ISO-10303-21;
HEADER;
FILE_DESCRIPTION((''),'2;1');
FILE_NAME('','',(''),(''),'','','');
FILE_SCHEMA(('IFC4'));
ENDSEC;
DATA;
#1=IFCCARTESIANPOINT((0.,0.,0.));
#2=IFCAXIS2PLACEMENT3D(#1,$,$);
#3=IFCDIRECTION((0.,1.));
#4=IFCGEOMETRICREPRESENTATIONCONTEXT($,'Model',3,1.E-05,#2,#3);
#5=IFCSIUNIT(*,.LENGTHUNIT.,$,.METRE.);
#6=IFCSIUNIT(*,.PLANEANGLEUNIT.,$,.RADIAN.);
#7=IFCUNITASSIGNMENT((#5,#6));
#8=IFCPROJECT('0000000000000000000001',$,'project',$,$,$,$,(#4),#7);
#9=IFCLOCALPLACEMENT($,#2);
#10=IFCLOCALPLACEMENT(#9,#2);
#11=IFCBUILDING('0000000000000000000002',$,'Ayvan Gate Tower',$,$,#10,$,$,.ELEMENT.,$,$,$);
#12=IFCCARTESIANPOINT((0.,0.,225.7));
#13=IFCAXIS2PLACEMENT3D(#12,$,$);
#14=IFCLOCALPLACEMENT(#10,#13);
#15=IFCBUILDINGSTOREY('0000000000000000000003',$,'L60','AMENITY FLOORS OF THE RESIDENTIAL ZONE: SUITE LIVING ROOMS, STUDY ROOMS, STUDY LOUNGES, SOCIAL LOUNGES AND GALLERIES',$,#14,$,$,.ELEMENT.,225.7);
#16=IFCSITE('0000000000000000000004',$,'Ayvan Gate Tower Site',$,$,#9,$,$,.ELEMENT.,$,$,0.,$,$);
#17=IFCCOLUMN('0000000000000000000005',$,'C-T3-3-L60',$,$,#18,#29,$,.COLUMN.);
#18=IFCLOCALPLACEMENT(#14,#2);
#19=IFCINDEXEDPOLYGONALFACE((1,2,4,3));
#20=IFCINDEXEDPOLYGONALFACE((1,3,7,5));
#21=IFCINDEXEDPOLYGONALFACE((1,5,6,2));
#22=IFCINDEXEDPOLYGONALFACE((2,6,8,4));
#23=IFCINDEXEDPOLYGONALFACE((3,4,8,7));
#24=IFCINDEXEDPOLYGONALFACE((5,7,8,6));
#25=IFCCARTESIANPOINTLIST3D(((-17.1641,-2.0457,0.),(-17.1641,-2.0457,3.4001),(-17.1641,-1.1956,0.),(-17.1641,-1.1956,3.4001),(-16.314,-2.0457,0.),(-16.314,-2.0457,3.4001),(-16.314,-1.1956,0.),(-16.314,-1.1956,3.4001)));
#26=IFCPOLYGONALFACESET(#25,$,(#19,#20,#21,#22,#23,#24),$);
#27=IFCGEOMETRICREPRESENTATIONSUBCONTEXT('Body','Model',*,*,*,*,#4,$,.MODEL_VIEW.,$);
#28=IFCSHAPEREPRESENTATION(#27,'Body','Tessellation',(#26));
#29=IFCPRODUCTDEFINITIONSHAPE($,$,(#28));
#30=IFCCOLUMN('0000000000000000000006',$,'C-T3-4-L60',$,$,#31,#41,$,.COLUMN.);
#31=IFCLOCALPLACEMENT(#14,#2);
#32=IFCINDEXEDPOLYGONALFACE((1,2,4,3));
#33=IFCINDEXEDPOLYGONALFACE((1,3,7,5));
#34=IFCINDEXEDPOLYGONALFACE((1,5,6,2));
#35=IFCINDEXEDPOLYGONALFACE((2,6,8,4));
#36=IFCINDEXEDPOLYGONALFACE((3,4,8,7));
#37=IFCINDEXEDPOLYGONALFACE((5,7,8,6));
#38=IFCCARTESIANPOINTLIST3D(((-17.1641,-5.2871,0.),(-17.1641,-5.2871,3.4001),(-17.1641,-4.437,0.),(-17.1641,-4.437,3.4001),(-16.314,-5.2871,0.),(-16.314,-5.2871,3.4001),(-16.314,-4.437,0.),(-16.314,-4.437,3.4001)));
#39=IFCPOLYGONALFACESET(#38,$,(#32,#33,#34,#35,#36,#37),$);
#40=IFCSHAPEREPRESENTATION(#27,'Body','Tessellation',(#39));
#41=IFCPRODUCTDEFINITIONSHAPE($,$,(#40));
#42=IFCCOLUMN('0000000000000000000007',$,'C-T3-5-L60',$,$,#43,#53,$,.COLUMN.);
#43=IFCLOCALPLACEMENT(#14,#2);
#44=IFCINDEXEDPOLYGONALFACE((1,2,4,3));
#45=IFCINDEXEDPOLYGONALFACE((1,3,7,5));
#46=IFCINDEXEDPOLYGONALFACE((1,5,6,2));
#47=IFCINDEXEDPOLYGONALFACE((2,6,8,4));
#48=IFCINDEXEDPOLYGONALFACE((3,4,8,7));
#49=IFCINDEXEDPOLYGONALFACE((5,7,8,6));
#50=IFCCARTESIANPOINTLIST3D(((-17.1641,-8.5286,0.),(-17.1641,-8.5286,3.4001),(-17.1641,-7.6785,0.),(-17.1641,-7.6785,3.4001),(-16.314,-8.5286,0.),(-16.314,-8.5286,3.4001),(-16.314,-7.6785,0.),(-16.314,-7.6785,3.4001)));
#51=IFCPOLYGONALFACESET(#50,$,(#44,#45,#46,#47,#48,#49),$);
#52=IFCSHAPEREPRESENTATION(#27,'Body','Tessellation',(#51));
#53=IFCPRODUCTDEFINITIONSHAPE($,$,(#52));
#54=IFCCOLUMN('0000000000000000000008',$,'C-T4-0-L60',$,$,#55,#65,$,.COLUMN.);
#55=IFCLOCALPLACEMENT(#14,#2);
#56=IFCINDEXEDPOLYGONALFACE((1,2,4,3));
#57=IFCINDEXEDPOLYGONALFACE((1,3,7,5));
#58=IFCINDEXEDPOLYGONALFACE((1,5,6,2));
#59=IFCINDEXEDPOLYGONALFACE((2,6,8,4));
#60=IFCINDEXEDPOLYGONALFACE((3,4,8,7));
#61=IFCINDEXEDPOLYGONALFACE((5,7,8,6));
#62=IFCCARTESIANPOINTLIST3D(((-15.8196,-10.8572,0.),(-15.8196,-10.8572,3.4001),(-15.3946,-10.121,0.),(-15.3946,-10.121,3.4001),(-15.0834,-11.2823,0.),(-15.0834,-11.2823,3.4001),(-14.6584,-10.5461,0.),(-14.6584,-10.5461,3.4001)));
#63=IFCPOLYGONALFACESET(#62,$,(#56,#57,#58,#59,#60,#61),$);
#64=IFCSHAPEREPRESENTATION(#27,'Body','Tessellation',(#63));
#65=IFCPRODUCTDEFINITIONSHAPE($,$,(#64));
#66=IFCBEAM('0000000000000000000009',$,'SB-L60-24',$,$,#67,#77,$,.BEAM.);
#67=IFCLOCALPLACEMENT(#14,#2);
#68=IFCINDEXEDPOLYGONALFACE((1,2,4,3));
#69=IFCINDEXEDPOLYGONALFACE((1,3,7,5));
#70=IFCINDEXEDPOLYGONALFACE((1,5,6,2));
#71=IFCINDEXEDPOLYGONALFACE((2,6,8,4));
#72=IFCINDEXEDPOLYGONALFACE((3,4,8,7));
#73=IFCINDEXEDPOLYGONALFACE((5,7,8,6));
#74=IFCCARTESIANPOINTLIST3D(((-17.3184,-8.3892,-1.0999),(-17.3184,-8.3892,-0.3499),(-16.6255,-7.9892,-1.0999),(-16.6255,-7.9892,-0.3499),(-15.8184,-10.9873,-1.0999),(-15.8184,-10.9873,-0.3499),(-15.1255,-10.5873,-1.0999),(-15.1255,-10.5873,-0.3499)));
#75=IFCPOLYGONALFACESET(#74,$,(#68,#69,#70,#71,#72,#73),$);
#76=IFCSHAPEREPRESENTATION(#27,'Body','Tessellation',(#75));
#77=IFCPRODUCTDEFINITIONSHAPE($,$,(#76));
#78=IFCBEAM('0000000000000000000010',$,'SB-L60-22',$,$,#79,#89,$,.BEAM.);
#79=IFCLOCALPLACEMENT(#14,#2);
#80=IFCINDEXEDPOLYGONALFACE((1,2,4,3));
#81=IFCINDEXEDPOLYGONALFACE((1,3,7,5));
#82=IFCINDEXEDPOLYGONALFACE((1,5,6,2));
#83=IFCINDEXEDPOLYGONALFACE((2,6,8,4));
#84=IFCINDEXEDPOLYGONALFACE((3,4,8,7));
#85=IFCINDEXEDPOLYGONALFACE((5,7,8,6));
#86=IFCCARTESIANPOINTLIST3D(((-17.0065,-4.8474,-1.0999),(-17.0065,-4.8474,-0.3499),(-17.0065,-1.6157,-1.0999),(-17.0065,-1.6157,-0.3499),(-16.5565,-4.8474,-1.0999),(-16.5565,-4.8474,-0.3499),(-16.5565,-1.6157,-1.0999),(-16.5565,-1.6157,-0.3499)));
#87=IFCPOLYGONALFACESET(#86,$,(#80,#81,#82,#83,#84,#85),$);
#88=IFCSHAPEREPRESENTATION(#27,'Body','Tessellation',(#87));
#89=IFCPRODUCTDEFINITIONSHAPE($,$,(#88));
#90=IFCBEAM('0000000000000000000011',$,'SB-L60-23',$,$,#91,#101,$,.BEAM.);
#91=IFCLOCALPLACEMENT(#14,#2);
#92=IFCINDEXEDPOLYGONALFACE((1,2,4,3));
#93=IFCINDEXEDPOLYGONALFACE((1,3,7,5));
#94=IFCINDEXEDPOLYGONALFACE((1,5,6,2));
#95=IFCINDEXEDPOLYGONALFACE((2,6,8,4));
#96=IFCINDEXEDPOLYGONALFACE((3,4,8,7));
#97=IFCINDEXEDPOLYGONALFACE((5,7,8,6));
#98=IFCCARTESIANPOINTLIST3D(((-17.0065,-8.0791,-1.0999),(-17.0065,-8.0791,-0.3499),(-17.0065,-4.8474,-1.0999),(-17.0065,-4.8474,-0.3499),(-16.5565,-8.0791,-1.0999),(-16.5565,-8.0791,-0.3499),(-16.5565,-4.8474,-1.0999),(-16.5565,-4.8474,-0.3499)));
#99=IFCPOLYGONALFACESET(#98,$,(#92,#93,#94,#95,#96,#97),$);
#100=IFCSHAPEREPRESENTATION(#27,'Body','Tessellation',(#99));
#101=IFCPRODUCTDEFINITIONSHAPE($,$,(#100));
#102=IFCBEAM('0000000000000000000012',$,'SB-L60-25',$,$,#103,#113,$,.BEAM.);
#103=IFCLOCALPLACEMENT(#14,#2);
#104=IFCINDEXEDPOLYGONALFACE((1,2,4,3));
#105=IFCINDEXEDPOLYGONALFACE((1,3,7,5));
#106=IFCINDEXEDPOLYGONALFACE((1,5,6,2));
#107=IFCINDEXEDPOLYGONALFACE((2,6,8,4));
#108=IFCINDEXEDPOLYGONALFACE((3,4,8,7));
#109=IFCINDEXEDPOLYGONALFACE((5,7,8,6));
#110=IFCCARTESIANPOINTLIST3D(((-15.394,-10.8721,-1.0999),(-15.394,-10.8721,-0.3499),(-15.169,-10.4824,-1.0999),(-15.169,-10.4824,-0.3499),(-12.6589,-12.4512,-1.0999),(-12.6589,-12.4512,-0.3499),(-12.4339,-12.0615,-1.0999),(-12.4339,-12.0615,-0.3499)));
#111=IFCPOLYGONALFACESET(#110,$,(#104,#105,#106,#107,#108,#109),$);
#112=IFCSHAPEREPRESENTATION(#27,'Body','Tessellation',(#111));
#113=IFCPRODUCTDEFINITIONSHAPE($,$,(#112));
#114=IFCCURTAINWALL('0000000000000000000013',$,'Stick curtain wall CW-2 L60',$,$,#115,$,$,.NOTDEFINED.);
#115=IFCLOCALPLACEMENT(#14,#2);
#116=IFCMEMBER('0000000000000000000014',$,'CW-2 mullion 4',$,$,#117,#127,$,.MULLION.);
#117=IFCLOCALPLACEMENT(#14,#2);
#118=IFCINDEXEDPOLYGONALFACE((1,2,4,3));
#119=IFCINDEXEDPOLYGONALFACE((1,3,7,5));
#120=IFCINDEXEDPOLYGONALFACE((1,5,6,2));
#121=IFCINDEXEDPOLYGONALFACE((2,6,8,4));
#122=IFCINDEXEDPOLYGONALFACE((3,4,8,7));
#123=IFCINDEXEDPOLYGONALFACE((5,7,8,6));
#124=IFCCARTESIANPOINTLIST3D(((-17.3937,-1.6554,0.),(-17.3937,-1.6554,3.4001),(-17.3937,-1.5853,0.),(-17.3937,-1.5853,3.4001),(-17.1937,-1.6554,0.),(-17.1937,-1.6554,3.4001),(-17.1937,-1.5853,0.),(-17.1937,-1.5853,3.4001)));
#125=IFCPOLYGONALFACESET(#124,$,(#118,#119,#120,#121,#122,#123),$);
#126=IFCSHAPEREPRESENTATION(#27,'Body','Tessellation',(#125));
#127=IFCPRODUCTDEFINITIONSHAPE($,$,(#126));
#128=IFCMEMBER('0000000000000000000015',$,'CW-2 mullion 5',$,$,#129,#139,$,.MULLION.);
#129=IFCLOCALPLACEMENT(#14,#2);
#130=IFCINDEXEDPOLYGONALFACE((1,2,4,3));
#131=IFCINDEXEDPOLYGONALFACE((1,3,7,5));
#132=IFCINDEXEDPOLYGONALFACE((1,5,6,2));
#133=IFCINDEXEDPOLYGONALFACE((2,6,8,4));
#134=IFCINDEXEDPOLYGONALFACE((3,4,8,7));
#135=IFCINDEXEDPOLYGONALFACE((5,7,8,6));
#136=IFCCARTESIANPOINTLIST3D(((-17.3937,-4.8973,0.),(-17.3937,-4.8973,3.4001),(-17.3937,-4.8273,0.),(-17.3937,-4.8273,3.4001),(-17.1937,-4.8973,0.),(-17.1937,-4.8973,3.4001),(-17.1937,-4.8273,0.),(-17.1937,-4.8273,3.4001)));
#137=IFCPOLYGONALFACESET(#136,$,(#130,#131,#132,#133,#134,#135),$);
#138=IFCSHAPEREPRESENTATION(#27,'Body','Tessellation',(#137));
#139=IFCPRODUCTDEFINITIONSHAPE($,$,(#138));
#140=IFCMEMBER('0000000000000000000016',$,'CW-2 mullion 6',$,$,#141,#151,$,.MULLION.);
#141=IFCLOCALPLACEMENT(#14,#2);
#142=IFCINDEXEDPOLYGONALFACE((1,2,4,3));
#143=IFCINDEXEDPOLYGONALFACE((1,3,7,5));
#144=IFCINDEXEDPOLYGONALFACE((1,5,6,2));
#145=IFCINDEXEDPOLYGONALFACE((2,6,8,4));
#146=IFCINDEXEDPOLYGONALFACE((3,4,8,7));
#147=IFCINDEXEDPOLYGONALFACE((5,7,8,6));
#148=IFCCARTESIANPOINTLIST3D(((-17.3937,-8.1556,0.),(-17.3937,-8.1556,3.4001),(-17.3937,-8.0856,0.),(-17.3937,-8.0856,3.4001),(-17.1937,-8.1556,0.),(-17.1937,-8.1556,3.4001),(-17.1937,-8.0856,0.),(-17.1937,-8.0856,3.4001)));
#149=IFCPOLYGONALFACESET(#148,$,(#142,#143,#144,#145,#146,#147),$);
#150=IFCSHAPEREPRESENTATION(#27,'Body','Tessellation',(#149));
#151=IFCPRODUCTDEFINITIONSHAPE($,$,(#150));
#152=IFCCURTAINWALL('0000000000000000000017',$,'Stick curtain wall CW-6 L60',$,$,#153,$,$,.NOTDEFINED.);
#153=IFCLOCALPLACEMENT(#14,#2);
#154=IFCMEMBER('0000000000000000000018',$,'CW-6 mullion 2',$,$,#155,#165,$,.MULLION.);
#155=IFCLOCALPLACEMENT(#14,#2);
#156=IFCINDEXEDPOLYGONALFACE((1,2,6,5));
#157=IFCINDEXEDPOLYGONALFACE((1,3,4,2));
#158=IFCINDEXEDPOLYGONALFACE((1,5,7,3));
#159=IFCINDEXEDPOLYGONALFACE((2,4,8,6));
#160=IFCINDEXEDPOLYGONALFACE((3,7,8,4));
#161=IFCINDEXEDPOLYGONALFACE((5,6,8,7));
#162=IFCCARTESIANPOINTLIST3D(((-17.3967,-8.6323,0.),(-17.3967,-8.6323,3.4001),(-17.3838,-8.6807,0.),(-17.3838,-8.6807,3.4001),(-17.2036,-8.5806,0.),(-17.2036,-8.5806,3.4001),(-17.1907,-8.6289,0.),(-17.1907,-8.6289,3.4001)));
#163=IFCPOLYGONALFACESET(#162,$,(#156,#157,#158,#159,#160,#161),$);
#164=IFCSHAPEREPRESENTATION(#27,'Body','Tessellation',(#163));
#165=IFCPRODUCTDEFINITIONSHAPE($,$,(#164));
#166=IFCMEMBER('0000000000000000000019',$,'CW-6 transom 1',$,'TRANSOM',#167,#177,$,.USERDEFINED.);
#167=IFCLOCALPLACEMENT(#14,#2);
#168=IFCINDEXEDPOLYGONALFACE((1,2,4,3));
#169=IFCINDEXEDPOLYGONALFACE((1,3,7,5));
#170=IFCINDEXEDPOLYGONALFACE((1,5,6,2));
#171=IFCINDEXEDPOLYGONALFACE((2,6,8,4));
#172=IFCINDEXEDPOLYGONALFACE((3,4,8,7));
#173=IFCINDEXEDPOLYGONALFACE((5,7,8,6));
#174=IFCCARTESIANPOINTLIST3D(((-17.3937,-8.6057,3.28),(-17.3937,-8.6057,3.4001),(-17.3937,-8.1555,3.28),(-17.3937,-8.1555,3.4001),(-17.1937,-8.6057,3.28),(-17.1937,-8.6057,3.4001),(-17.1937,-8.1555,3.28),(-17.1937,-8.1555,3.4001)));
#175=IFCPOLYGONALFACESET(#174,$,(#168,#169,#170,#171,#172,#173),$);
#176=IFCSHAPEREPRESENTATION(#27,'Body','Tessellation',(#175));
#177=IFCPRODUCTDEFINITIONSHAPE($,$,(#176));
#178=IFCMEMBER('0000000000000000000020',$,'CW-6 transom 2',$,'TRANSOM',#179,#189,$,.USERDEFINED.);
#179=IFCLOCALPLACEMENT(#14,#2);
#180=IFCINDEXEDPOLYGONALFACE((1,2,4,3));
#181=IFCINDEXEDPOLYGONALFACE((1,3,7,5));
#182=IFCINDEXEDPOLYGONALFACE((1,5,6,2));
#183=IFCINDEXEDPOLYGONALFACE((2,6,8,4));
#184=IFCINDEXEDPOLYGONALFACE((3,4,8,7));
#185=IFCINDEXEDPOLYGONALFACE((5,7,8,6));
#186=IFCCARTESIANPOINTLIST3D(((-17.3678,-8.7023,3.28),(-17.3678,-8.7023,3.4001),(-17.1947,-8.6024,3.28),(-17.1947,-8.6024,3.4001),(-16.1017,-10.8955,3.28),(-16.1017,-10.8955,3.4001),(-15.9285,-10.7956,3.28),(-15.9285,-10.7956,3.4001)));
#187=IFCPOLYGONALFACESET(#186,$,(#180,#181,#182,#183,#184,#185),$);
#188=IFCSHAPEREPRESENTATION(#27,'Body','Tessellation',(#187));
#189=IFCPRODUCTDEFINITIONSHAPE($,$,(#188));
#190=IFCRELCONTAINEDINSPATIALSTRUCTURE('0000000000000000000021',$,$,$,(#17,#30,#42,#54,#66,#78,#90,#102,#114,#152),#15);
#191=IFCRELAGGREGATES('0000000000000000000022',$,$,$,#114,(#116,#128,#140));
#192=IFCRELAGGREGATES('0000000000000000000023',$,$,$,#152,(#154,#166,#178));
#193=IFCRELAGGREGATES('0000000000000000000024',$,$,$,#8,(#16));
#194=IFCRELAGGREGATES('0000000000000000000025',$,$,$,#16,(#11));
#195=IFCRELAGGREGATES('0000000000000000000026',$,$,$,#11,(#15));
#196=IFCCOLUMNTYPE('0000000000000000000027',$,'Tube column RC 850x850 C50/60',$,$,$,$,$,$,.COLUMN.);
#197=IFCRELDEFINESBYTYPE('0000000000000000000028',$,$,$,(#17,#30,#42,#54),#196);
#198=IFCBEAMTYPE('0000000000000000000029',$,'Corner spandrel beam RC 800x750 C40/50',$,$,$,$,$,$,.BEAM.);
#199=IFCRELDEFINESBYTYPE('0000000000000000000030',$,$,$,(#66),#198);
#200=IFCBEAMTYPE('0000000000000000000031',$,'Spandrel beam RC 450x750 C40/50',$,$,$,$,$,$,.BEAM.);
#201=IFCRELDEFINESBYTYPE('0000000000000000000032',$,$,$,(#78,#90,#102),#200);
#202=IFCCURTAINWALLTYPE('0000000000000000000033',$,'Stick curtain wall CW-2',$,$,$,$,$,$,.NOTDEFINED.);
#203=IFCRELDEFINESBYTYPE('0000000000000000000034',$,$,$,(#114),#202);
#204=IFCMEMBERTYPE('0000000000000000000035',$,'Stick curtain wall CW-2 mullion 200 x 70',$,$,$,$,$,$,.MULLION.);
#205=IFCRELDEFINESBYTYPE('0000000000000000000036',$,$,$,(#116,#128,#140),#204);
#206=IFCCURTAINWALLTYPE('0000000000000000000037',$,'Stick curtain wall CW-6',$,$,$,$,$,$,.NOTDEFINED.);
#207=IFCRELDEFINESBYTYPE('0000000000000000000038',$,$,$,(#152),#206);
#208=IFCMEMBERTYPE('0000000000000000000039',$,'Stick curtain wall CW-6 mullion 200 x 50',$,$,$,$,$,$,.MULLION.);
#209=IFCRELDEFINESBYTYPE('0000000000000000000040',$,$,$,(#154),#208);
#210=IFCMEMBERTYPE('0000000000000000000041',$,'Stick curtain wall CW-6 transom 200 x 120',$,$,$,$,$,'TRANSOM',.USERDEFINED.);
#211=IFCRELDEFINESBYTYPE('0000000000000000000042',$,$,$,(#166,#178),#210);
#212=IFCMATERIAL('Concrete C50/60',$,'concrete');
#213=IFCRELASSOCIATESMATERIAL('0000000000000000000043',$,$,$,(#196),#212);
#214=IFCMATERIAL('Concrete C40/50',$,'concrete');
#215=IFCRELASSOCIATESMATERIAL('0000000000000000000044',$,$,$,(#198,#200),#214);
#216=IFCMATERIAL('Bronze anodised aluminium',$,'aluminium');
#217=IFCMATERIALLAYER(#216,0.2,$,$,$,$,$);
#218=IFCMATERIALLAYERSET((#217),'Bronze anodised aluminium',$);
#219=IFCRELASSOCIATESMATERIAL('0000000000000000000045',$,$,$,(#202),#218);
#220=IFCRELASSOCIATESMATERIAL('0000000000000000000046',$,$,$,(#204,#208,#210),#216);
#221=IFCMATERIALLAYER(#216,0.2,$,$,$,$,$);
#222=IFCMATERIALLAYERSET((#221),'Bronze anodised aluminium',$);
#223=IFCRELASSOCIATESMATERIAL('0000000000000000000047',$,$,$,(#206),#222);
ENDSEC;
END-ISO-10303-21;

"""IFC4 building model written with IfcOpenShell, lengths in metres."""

from ifc_helpers import new_model, si_unit, direction, frame, origin, origin_2d, place, context, subcontext, project, spatial, rectangle, extrude, material, layer, layer_set, material_profile, profile_set, type_object, element, aggregate, save


model = new_model("IFC4")

# Units and contexts
model_context = context("Model", 3, precision=1e-05, world=origin(), true_north=direction((0.0, 1.0)))
body_context = subcontext(model_context, "Body", "Model", "MODEL_VIEW")
ifc_project = project(units=[si_unit("LENGTHUNIT", "METRE"), si_unit("PLANEANGLEUNIT", "RADIAN")], contexts=[model_context])

# Site, building, storey
site_placement = place(None, origin())
site = spatial("IfcSite", under=ifc_project, at=site_placement, Name="Ayvan Gate Tower Site", CompositionType="ELEMENT", RefElevation=0.0)
building_placement = place(site_placement, origin())
building = spatial("IfcBuilding", under=site, at=building_placement, Name="Ayvan Gate Tower", CompositionType="ELEMENT")
storey_placement = place(building_placement, frame((0.0, 0.0, 225.7)))
storey = spatial("IfcBuildingStorey", under=building, at=storey_placement, Name="L60", Description="AMENITY FLOORS OF THE RESIDENTIAL ZONE: SUITE LIVING ROOMS, STUDY ROOMS, STUDY LOUNGES, SOCIAL LOUNGES AND GALLERIES", CompositionType="ELEMENT", Elevation=225.7)

# Columns
ifc_material_1 = material(Name="Concrete C50/60", Category="concrete")
ifc_material_profile_1 = material_profile(ifc_material_1, rectangle(XDim=0.8501, YDim=0.8501, at=origin_2d()), Name="RC 850x850")
ifc_profile_set_1 = profile_set([ifc_material_profile_1], Name="Concrete C50/60")
column_type = type_object("IfcColumnType", Name="Tube column RC 850x850 C50/60", PredefinedType="COLUMN", material=ifc_profile_set_1)
for number, where, z_axis, x_axis, name in (
    (1, (-16.739, -1.6206, 0.0), (0.0, 0.0, 1.0), (-1.0, 0.0, 0.0), "C-T3-3-L60"),
    (2, (-16.739, -4.8621, 0.0), (0.0, 0.0, 1.0), (-1.0, 0.0, 0.0), "C-T3-4-L60"),
    (3, (-16.739, -8.1035, 0.0), (0.0, 0.0, 1.0), (-1.0, 0.0, 0.0), "C-T3-5-L60"),
    (4, (-15.239, -10.7017, 0.0), (0.0, 0.0, 1.0), (-0.5, -0.866025, 0.0), "C-T4-0-L60"),
):
    element("IfcColumn", number, at=place(storey_placement, frame(where, z_axis=z_axis, x_axis=x_axis)), inside=storey, type_object=column_type, Name=name, PredefinedType="COLUMN", context=body_context, shape_type="SweptSolid", body=[
        extrude(rectangle(XDim=0.8501, YDim=0.8501, at=origin_2d()), origin(), (0.0, 0.0, 1.0), 3.4001),
    ])

# Beams
ifc_material_2 = material(Name="Concrete C40/50", Category="concrete")
ifc_material_profile_2 = material_profile(ifc_material_2, rectangle(XDim=0.8, YDim=0.75, at=origin_2d()), Name="RC 800x750")
ifc_profile_set_2 = profile_set([ifc_material_profile_2], Name="Concrete C40/50")
beam_type_1 = type_object("IfcBeamType", Name="Corner spandrel beam RC 800x750 C40/50", PredefinedType="BEAM", material=ifc_profile_set_2)
beam_1_placement = place(storey_placement, frame((-16.9719, -8.1892, -0.7249), z_axis=(0.49999, -0.866031, 0.0), x_axis=(0.866031, 0.49999, 0.0)))
element("IfcBeam", 5, at=beam_1_placement, inside=storey, type_object=beam_type_1, Name="SB-L60-24", PredefinedType="BEAM", context=body_context, shape_type="SweptSolid", body=[
    extrude(rectangle(XDim=0.8, YDim=0.75, at=origin_2d()), origin(), (0.0, 0.0, 1.0), 3.0),
])
ifc_material_profile_3 = material_profile(ifc_material_2, rectangle(XDim=0.45, YDim=0.75, at=origin_2d()), Name="RC 450x750")
ifc_profile_set_3 = profile_set([ifc_material_profile_3], Name="Concrete C40/50")
beam_type_2 = type_object("IfcBeamType", Name="Spandrel beam RC 450x750 C40/50", PredefinedType="BEAM", material=ifc_profile_set_3)
for number, where, z_axis, x_axis, name in (
    (6, (-16.7815, -1.6157, -0.7249), (0.0, -1.0, 0.0), (1.0, 0.0, 0.0), "SB-L60-22"),
    (7, (-16.7815, -4.8474, -0.7249), (0.0, -1.0, 0.0), (1.0, 0.0, 0.0), "SB-L60-23"),
):
    element("IfcBeam", number, at=place(storey_placement, frame(where, z_axis=z_axis, x_axis=x_axis)), inside=storey, type_object=beam_type_2, Name=name, PredefinedType="BEAM", context=body_context, shape_type="SweptSolid", body=[
        extrude(rectangle(XDim=0.45, YDim=0.75, at=origin_2d()), origin(), (0.0, 0.0, 1.0), 3.2317),
    ])
beam_2_placement = place(storey_placement, frame((-15.2815, -10.6772, -0.7249), z_axis=(0.866027, -0.499997, 0.0), x_axis=(0.499997, 0.866027, 0.0)))
element("IfcBeam", 8, at=beam_2_placement, inside=storey, type_object=beam_type_2, Name="SB-L60-25", PredefinedType="BEAM", context=body_context, shape_type="SweptSolid", body=[
    extrude(rectangle(XDim=0.45, YDim=0.75, at=origin_2d()), origin(), (0.0, 0.0, 1.0), 3.1582),
])

# Curtain walls, members
ifc_material_3 = material(Name="Bronze anodised aluminium", Category="aluminium")
ifc_layer_1 = layer(ifc_material_3, 0.2)
ifc_layer_set_1 = layer_set([ifc_layer_1], Name="Bronze anodised aluminium")
curtain_wall_type_1 = type_object("IfcCurtainWallType", Name="Stick curtain wall CW-2", PredefinedType="NOTDEFINED", material=ifc_layer_set_1)
curtain_wall_1_placement = place(storey_placement, origin())
curtain_wall_1 = element("IfcCurtainWall", 9, at=curtain_wall_1_placement, inside=storey, type_object=curtain_wall_type_1, Name="Stick curtain wall CW-2 L60", PredefinedType="NOTDEFINED")
ifc_material_profile_4 = material_profile(ifc_material_3, rectangle(XDim=0.2, YDim=0.0701, at=origin_2d()), Name="Stick curtain wall CW-2 mullion 200 x 70")
ifc_profile_set_4 = profile_set([ifc_material_profile_4], Name="Bronze anodised aluminium")
member_type_1 = type_object("IfcMemberType", Name="Stick curtain wall CW-2 mullion 200 x 70", PredefinedType="MULLION", material=ifc_profile_set_4)
member_1_placement = place(storey_placement, frame((-17.2937, -1.6204, 0.0), z_axis=(0.0, 0.0, 1.0), x_axis=(-1.0, 0.0, 0.0)))
member_1 = element("IfcMember", 10, at=member_1_placement, type_object=member_type_1, Name="CW-2 mullion 4", PredefinedType="MULLION", context=body_context, shape_type="SweptSolid", body=[
    extrude(rectangle(XDim=0.2, YDim=0.0701, at=origin_2d()), origin(), (0.0, 0.0, 1.0), 3.4001),
])
member_2_placement = place(storey_placement, frame((-17.2937, -4.8623, 0.0), z_axis=(0.0, 0.0, 1.0), x_axis=(-1.0, 0.0, 0.0)))
member_2 = element("IfcMember", 11, at=member_2_placement, type_object=member_type_1, Name="CW-2 mullion 5", PredefinedType="MULLION", context=body_context, shape_type="SweptSolid", body=[
    extrude(rectangle(XDim=0.2, YDim=0.0701, at=origin_2d()), origin(), (0.0, 0.0, 1.0), 3.4001),
])
member_3_placement = place(storey_placement, frame((-17.2937, -8.1206, 0.0), z_axis=(0.0, 0.0, 1.0), x_axis=(-1.0, 0.0, 0.0)))
member_3 = element("IfcMember", 12, at=member_3_placement, type_object=member_type_1, Name="CW-2 mullion 6", PredefinedType="MULLION", context=body_context, shape_type="SweptSolid", body=[
    extrude(rectangle(XDim=0.2, YDim=0.0701, at=origin_2d()), origin(), (0.0, 0.0, 1.0), 3.4001),
])
ifc_layer_2 = layer(ifc_material_3, 0.2)
ifc_layer_set_2 = layer_set([ifc_layer_2], Name="Bronze anodised aluminium")
curtain_wall_type_2 = type_object("IfcCurtainWallType", Name="Stick curtain wall CW-6", PredefinedType="NOTDEFINED", material=ifc_layer_set_2)
curtain_wall_2_placement = place(storey_placement, origin())
curtain_wall_2 = element("IfcCurtainWall", 13, at=curtain_wall_2_placement, inside=storey, type_object=curtain_wall_type_2, Name="Stick curtain wall CW-6 L60", PredefinedType="NOTDEFINED")
ifc_material_profile_5 = material_profile(ifc_material_3, rectangle(XDim=0.2, YDim=0.05, at=origin_2d()), Name="Stick curtain wall CW-6 mullion 200 x 50")
ifc_profile_set_5 = profile_set([ifc_material_profile_5], Name="Bronze anodised aluminium")
member_type_2 = type_object("IfcMemberType", Name="Stick curtain wall CW-6 mullion 200 x 50", PredefinedType="MULLION", material=ifc_profile_set_5)
member_4_placement = place(storey_placement, frame((-17.2937, -8.6306, 0.0), z_axis=(0.0, 0.0, 1.0), x_axis=(-0.965926, -0.258819, 0.0)))
member_4 = element("IfcMember", 14, at=member_4_placement, type_object=member_type_2, Name="CW-6 mullion 2", PredefinedType="MULLION", context=body_context, shape_type="SweptSolid", body=[
    extrude(rectangle(XDim=0.2, YDim=0.05, at=origin_2d()), origin(), (0.0, 0.0, 1.0), 3.4001),
])
ifc_material_profile_6 = material_profile(ifc_material_3, rectangle(XDim=0.2, YDim=0.1201, at=origin_2d()), Name="Stick curtain wall CW-6 transom 200 x 120")
ifc_profile_set_6 = profile_set([ifc_material_profile_6], Name="Bronze anodised aluminium")
member_type_3 = type_object("IfcMemberType", Name="Stick curtain wall CW-6 transom 200 x 120", ElementType="TRANSOM", PredefinedType="USERDEFINED", material=ifc_profile_set_6)
member_5_placement = place(storey_placement, frame((-17.2937, -8.1555, 3.3401), z_axis=(0.0, -1.0, 0.0), x_axis=(1.0, 0.0, 0.0)))
member_5 = element("IfcMember", 15, at=member_5_placement, type_object=member_type_3, Name="CW-6 transom 1", ObjectType="TRANSOM", PredefinedType="USERDEFINED", context=body_context, shape_type="SweptSolid", body=[
    extrude(rectangle(XDim=0.2, YDim=0.1201, at=origin_2d()), origin(), (0.0, 0.0, 1.0), 0.4502),
])
member_6_placement = place(storey_placement, frame((-17.2812, -8.6523, 3.3401), z_axis=(0.499976, -0.866039, 0.0), x_axis=(0.866039, 0.499976, 0.0)))
member_6 = element("IfcMember", 16, at=member_6_placement, type_object=member_type_3, Name="CW-6 transom 2", ObjectType="TRANSOM", PredefinedType="USERDEFINED", context=body_context, shape_type="SweptSolid", body=[
    extrude(rectangle(XDim=0.2, YDim=0.1201, at=origin_2d()), origin(), (0.0, 0.0, 1.0), 2.5325),
])

aggregate(curtain_wall_1, [member_1, member_2, member_3])
aggregate(curtain_wall_2, [member_4, member_5, member_6])

save(model, "model.ifc")
